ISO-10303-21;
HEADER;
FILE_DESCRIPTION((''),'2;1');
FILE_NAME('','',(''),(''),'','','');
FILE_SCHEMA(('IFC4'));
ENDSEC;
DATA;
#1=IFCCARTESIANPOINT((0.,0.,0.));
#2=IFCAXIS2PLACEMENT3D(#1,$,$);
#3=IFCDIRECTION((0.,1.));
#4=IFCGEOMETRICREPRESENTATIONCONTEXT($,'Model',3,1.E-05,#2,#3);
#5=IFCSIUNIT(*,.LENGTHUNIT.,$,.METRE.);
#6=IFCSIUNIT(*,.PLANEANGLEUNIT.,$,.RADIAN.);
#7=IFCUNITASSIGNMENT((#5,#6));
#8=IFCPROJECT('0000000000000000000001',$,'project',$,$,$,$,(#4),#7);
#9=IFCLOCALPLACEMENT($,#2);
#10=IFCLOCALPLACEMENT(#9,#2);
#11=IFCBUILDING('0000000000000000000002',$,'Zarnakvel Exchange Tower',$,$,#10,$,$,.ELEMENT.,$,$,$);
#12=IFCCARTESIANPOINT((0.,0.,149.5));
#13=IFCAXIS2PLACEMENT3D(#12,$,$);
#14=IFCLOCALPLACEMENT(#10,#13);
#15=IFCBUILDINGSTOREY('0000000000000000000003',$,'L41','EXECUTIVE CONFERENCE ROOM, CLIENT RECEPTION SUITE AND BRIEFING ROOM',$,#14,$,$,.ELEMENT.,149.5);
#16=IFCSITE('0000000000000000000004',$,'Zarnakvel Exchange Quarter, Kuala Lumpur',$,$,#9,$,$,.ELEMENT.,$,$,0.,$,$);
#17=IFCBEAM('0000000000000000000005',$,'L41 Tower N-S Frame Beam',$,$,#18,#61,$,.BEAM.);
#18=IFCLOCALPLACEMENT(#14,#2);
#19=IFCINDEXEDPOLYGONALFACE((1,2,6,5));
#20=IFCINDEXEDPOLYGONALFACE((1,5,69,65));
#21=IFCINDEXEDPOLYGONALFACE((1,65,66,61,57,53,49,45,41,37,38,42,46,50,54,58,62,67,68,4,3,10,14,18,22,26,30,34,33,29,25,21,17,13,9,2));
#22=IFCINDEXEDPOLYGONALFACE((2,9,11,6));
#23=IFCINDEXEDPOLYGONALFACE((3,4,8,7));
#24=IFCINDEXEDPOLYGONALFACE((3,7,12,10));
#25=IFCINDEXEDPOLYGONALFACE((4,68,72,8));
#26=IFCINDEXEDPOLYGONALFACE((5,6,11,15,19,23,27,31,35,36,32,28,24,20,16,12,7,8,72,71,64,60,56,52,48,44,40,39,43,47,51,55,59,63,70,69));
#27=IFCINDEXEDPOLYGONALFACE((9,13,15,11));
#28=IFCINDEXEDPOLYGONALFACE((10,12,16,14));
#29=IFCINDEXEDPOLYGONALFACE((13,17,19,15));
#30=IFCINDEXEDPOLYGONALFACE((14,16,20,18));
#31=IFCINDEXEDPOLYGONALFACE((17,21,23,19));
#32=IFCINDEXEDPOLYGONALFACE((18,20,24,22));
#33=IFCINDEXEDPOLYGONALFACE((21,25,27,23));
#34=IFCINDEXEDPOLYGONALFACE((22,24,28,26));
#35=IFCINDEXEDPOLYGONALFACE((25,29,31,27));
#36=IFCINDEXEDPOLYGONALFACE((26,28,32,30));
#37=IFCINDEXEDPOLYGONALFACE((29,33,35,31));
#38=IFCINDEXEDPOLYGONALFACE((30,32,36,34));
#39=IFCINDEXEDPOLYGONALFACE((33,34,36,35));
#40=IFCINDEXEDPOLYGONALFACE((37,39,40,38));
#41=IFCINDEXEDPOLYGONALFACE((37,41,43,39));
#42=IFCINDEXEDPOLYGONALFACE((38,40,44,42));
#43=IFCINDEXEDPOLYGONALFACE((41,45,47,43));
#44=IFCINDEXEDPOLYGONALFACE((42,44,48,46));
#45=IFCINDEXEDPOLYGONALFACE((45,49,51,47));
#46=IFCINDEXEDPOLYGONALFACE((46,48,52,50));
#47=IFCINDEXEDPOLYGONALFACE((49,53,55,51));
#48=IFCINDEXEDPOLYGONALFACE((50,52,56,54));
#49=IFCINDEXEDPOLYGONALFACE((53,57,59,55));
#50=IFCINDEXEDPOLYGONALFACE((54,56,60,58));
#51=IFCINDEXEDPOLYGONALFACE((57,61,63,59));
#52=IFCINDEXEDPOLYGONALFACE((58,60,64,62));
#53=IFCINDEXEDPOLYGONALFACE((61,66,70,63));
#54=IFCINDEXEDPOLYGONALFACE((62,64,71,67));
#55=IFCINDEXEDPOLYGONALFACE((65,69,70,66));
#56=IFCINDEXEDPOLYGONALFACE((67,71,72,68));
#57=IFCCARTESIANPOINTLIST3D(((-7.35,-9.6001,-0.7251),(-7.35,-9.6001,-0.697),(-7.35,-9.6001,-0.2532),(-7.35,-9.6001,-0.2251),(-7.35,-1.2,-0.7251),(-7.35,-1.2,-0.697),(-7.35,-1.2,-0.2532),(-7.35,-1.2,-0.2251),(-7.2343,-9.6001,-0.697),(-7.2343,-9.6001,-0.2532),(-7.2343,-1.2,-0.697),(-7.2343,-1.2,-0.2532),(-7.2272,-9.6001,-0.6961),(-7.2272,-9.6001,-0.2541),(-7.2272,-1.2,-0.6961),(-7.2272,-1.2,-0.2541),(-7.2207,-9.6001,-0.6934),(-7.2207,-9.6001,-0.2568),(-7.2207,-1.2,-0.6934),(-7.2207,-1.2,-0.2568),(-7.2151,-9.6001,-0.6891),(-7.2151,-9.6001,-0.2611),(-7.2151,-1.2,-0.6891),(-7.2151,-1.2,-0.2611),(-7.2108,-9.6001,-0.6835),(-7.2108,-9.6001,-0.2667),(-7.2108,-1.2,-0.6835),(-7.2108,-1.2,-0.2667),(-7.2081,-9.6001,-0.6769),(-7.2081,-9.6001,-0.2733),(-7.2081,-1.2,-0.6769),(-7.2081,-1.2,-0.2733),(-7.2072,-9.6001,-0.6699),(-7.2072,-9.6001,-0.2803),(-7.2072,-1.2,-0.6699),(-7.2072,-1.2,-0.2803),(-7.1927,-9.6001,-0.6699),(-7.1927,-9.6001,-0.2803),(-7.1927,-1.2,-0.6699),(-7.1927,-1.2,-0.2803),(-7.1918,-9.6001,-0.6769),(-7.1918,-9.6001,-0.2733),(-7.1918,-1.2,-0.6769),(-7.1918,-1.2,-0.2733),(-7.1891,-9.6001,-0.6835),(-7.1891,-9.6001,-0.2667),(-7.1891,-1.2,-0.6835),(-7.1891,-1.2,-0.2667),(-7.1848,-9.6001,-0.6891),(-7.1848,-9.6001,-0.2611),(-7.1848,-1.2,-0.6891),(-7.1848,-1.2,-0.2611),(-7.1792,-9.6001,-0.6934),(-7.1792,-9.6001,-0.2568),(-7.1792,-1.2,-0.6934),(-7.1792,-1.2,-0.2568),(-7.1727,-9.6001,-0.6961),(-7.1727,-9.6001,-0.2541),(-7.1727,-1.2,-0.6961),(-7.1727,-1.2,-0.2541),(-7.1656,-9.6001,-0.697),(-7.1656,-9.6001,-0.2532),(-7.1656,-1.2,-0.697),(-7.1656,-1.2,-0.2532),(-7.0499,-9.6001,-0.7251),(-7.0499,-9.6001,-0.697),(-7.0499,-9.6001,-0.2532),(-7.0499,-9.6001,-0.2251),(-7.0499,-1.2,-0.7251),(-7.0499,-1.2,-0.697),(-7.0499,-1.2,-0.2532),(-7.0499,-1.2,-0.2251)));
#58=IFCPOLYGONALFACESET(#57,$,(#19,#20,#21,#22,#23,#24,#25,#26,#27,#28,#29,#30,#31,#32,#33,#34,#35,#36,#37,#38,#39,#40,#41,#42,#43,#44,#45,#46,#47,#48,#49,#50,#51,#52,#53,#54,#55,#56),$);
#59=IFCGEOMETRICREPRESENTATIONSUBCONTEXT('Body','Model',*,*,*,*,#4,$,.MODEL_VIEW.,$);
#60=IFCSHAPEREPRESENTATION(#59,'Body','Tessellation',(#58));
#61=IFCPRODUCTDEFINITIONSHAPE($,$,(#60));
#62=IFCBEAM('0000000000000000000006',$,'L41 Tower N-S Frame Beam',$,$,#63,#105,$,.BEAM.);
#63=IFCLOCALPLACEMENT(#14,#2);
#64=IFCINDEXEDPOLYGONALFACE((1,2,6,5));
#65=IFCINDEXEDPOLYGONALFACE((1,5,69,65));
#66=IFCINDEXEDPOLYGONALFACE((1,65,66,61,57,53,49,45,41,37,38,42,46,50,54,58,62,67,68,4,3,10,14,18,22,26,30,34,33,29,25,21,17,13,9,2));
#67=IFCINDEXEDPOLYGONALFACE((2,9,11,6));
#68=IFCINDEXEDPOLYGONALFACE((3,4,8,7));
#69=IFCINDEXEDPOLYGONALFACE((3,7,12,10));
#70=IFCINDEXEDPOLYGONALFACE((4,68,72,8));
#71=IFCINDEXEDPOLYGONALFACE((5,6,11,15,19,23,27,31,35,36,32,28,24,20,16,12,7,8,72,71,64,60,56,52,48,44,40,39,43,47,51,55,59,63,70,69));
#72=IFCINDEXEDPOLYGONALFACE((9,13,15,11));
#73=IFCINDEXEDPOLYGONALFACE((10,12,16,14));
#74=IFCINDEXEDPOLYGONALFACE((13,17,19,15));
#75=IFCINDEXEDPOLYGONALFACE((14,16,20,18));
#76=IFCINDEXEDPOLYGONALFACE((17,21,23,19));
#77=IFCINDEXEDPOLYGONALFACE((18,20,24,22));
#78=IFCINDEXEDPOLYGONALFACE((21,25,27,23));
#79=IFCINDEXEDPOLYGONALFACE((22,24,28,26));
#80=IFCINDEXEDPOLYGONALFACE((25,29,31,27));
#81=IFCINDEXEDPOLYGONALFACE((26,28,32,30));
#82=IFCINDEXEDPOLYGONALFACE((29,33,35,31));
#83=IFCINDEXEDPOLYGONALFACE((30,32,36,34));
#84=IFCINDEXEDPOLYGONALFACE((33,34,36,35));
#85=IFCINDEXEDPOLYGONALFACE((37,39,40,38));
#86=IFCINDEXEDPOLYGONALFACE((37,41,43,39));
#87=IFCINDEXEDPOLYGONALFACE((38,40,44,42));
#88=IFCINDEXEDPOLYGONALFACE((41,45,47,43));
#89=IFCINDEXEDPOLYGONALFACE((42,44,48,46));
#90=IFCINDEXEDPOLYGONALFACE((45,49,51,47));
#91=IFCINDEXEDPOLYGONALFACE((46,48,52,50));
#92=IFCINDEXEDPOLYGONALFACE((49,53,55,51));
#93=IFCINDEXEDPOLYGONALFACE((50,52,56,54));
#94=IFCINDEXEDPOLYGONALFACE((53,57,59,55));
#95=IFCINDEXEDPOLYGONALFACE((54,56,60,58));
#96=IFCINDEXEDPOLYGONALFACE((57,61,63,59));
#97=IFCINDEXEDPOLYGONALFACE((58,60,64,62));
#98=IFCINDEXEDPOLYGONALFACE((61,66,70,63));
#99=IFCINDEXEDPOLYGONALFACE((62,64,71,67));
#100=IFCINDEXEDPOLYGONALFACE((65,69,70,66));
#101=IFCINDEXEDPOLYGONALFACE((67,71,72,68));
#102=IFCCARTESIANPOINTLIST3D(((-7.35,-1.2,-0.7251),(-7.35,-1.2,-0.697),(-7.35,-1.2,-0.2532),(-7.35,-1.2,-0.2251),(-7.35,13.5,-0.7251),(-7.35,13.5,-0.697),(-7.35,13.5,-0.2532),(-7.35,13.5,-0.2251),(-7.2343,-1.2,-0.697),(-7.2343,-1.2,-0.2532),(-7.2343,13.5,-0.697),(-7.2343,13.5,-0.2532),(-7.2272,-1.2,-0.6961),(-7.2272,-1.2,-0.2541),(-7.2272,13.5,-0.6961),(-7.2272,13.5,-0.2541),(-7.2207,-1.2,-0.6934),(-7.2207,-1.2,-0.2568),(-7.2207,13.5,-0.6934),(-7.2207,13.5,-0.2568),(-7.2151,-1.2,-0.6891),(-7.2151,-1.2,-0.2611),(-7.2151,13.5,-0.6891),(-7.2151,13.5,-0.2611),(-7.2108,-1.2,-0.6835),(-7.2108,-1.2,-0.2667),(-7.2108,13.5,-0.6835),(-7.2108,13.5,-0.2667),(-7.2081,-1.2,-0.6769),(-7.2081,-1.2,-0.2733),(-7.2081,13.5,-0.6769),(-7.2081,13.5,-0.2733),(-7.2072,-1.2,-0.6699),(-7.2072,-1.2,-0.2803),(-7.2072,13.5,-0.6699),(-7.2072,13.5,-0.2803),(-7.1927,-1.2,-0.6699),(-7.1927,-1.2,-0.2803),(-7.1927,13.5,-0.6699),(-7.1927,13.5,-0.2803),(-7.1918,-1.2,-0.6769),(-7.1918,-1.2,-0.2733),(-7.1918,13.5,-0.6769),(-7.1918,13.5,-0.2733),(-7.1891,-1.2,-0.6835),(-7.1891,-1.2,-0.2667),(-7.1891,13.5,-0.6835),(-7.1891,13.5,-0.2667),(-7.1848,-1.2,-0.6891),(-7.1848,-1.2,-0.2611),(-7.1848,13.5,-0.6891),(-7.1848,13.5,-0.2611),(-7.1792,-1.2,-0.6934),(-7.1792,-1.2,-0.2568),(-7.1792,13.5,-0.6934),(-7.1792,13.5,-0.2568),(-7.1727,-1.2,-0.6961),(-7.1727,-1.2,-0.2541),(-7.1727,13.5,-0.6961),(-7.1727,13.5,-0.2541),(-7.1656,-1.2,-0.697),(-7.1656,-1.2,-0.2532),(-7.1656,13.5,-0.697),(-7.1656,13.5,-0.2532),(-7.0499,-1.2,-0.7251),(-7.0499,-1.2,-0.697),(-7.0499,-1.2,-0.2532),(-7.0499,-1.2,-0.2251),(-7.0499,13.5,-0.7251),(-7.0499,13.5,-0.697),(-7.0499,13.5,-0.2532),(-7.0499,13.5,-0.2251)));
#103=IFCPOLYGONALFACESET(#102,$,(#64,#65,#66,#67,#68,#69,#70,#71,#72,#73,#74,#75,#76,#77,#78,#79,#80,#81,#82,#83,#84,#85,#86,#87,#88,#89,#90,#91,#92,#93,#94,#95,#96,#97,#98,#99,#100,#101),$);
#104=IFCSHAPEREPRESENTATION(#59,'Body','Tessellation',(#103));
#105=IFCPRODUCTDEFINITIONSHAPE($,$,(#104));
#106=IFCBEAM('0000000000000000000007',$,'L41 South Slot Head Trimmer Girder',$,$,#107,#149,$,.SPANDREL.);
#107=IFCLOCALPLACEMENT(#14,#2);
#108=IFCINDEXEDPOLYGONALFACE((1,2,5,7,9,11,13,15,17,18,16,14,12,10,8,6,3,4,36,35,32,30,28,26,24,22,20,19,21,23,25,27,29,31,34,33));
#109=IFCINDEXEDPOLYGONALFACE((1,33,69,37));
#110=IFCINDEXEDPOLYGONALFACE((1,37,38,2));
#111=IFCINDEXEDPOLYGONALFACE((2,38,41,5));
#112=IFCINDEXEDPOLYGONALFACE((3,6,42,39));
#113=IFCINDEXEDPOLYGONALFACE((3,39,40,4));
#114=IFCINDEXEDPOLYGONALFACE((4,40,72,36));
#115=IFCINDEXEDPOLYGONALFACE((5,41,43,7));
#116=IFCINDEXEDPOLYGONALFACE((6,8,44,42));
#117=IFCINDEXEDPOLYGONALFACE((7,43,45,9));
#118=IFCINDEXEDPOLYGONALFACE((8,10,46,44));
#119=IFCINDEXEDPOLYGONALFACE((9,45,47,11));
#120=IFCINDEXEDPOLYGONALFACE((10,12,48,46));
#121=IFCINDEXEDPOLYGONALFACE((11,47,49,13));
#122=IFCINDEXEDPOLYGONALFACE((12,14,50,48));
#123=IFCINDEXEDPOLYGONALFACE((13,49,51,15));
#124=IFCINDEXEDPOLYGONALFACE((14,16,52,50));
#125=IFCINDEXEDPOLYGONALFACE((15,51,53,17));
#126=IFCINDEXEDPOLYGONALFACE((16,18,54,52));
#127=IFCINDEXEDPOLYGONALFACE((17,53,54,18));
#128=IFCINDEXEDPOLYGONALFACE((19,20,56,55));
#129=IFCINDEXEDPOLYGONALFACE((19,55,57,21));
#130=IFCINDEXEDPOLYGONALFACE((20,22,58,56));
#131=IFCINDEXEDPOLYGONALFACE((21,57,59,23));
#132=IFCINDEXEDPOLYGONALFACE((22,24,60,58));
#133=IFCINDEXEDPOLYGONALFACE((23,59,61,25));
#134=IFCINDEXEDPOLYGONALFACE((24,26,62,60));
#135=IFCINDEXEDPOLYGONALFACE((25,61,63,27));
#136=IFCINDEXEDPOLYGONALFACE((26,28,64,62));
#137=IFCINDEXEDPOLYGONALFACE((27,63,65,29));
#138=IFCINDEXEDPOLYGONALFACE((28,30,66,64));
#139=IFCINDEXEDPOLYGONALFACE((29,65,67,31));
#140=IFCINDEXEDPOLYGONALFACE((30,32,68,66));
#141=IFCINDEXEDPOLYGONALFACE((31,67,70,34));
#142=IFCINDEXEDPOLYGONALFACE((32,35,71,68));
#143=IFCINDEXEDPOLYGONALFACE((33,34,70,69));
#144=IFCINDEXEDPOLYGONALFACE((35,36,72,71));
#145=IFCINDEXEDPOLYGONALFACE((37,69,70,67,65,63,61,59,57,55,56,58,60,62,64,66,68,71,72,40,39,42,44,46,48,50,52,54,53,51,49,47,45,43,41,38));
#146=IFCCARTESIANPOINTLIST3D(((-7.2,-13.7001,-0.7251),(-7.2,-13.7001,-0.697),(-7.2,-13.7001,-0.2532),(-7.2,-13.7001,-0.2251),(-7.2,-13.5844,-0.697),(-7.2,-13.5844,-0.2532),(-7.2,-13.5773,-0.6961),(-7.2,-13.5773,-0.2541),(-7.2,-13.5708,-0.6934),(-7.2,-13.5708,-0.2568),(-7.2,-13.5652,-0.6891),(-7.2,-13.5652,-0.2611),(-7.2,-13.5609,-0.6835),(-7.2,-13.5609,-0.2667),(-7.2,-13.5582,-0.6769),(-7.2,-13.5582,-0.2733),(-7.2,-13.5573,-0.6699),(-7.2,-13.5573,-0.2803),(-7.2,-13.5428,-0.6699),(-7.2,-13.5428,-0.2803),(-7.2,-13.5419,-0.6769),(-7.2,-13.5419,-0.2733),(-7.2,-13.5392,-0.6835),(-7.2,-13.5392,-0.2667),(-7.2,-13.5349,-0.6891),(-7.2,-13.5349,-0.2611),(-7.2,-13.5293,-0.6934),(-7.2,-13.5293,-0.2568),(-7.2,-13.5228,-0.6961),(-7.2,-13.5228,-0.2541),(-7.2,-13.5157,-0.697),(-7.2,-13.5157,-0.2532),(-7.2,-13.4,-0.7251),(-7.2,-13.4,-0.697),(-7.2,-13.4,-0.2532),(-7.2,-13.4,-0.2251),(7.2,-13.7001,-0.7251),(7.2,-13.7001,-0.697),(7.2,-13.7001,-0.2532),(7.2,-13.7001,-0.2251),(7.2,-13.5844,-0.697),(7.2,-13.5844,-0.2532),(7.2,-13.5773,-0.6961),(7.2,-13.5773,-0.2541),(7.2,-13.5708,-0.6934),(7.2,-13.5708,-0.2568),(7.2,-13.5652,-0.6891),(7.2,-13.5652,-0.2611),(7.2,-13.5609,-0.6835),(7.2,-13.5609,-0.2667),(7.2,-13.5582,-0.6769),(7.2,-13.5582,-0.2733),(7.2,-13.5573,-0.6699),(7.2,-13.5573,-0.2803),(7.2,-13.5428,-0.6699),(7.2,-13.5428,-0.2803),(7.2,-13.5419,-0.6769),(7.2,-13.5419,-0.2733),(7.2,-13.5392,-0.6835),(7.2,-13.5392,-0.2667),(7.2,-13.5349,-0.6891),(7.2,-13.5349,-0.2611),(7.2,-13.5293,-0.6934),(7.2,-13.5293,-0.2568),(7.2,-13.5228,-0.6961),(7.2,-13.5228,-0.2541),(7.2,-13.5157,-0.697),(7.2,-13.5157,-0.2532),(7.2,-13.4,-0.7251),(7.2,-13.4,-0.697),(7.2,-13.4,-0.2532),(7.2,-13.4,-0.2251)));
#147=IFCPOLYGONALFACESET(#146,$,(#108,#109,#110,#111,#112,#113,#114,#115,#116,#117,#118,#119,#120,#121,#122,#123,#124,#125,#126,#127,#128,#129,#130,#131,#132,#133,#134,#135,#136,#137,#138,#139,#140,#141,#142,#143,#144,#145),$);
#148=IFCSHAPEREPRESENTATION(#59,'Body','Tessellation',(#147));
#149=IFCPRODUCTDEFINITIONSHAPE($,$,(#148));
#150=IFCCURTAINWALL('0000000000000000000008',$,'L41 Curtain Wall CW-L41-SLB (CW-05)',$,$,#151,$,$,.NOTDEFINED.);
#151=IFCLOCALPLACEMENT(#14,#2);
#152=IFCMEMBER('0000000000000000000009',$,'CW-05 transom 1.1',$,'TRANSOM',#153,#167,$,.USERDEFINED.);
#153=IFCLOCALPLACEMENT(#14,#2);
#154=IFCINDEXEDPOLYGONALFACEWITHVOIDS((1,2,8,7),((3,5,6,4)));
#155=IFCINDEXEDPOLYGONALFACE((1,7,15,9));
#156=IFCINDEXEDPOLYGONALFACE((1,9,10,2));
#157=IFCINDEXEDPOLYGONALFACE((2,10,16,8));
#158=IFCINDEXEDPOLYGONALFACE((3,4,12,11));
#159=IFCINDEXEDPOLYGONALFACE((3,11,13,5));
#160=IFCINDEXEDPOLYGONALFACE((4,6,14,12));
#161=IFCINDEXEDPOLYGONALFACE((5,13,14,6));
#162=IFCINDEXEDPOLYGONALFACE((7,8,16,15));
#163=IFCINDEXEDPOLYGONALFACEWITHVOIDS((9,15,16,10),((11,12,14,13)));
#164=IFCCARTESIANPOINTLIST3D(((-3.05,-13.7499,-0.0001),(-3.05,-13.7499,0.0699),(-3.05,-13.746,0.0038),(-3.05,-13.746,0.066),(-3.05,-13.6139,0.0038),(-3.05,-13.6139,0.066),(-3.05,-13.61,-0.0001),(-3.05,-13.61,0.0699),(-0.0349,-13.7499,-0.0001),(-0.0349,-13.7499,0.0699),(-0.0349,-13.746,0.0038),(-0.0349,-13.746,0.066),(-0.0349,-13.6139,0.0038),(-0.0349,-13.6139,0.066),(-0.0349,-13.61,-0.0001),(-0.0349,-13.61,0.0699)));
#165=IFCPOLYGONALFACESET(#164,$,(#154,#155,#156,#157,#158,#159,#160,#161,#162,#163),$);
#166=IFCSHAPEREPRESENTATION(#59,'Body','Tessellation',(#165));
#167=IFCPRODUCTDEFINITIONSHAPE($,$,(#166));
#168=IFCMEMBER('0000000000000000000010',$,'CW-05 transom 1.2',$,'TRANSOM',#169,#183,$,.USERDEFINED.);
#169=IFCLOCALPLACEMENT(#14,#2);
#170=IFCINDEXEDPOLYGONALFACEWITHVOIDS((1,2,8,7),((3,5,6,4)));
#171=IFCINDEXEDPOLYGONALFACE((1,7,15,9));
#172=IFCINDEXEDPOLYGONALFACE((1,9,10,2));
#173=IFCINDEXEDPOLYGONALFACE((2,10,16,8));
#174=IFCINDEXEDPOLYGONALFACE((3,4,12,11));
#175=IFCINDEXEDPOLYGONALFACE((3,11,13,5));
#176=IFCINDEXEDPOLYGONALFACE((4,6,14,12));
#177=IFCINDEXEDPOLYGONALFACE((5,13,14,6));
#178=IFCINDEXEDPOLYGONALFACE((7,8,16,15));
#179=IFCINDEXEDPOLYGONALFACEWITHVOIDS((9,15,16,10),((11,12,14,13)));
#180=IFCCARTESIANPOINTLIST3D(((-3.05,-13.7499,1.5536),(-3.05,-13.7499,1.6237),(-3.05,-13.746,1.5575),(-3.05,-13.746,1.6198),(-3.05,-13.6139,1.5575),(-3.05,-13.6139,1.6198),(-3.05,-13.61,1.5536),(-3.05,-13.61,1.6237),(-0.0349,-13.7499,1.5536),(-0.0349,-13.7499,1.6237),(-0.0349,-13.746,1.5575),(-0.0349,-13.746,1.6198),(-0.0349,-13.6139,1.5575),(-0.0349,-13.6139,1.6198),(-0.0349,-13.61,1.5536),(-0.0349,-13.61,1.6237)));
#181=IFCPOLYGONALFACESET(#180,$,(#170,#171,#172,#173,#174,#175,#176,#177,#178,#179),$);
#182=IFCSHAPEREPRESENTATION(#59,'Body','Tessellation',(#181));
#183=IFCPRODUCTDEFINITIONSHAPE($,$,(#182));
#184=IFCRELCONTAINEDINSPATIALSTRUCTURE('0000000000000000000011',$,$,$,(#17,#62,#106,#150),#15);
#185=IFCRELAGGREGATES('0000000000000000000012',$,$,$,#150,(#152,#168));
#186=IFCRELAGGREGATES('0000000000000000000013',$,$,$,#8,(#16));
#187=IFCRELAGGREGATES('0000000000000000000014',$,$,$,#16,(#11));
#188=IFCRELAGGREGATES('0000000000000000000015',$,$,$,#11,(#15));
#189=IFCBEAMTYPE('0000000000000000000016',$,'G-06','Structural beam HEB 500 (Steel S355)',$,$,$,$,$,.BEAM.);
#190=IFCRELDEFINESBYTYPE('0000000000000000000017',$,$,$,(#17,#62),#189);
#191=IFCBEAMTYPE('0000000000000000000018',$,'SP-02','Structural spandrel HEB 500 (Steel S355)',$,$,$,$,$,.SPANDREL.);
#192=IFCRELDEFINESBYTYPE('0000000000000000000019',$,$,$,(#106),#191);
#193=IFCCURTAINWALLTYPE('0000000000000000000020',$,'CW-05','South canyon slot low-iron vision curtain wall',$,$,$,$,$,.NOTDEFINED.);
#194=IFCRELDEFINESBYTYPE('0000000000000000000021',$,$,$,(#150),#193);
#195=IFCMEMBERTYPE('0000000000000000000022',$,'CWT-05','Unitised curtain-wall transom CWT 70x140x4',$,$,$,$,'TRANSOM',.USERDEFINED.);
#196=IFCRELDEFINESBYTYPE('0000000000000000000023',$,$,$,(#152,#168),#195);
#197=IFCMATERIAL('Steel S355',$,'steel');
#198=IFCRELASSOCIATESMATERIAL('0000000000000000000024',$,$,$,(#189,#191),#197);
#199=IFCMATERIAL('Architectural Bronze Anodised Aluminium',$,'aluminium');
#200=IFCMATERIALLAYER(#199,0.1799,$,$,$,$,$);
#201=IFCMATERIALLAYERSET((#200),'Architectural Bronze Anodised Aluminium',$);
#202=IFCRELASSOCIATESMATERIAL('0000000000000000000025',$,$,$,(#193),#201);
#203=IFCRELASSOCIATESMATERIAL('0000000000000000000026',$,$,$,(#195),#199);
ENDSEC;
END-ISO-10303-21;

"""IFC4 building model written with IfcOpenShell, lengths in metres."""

from ifc_helpers import new_model, si_unit, direction, frame, origin, origin_2d, place, context, subcontext, project, spatial, hollow_rectangle, i_section, extrude, source, transform, mapped, material, layer, layer_set, material_profile, profile_set, type_object, element, aggregate, save


model = new_model("IFC4")

# Units and contexts
model_context = context("Model", 3, precision=1e-05, world=origin(), true_north=direction((0.0, 1.0)))
body_context = subcontext(model_context, "Body", "Model", "MODEL_VIEW")
ifc_project = project(units=[si_unit("LENGTHUNIT", "METRE"), si_unit("PLANEANGLEUNIT", "RADIAN")], contexts=[model_context])

# Site, building, storey
site_placement = place(None, origin())
site = spatial("IfcSite", under=ifc_project, at=site_placement, Name="Zarnakvel Exchange Quarter, Kuala Lumpur", CompositionType="ELEMENT", RefElevation=0.0)
building_placement = place(site_placement, origin())
building = spatial("IfcBuilding", under=site, at=building_placement, Name="Zarnakvel Exchange Tower", CompositionType="ELEMENT")
storey_placement = place(building_placement, frame((0.0, 0.0, 149.5)))
storey = spatial("IfcBuildingStorey", under=building, at=storey_placement, Name="L41", Description="EXECUTIVE CONFERENCE ROOM, CLIENT RECEPTION SUITE AND BRIEFING ROOM", CompositionType="ELEMENT", Elevation=149.5)

# Beams
ifc_material_1 = material(Name="Steel S355", Category="steel")
ifc_material_profile_1 = material_profile(ifc_material_1, i_section(OverallWidth=0.3, OverallDepth=0.5, WebThickness=0.0144, FlangeThickness=0.0281, FilletRadius=0.0271, at=origin_2d()))
ifc_profile_set_1 = profile_set([ifc_material_profile_1], Name="Steel S355")
beam_type_1 = type_object("IfcBeamType", Name="G-06", Description="Structural beam HEB 500 (Steel S355)", PredefinedType="BEAM", material=ifc_profile_set_1)
beam_1_placement = place(storey_placement, frame((-7.2, -9.6001, -0.4751), z_axis=(0.0, 1.0, 0.0), x_axis=(-1.0, 0.0, 0.0)))
element("IfcBeam", 1, at=beam_1_placement, inside=storey, type_object=beam_type_1, Name="L41 Tower N-S Frame Beam", PredefinedType="BEAM", context=body_context, shape_type="SweptSolid", body=[
    extrude(i_section(OverallWidth=0.3, OverallDepth=0.5, WebThickness=0.0144, FlangeThickness=0.0281, FilletRadius=0.0271, at=origin_2d()), origin(), (0.0, 0.0, 1.0), 8.4001),
])
beam_2_placement = place(storey_placement, frame((-7.2, -1.2, -0.4751), z_axis=(0.0, 1.0, 0.0), x_axis=(-1.0, 0.0, 0.0)))
element("IfcBeam", 2, at=beam_2_placement, inside=storey, type_object=beam_type_1, Name="L41 Tower N-S Frame Beam", PredefinedType="BEAM", context=body_context, shape_type="SweptSolid", body=[
    extrude(i_section(OverallWidth=0.3, OverallDepth=0.5, WebThickness=0.0144, FlangeThickness=0.0281, FilletRadius=0.0271, at=origin_2d()), origin(), (0.0, 0.0, 1.0), 14.7),
])
ifc_material_profile_2 = material_profile(ifc_material_1, i_section(OverallWidth=0.3, OverallDepth=0.5, WebThickness=0.0144, FlangeThickness=0.0281, FilletRadius=0.0271, at=origin_2d()))
ifc_profile_set_2 = profile_set([ifc_material_profile_2], Name="Steel S355")
beam_type_2 = type_object("IfcBeamType", Name="SP-02", Description="Structural spandrel HEB 500 (Steel S355)", PredefinedType="SPANDREL", material=ifc_profile_set_2)
beam_3_placement = place(storey_placement, frame((-7.2, -13.55, -0.4751), z_axis=(1.0, 0.0, 0.0), x_axis=(0.0, 1.0, 0.0)))
element("IfcBeam", 3, at=beam_3_placement, inside=storey, type_object=beam_type_2, Name="L41 South Slot Head Trimmer Girder", PredefinedType="SPANDREL", context=body_context, shape_type="SweptSolid", body=[
    extrude(i_section(OverallWidth=0.3, OverallDepth=0.5, WebThickness=0.0144, FlangeThickness=0.0281, FilletRadius=0.0271, at=origin_2d()), origin(), (0.0, 0.0, 1.0), 14.3999),
])

# Curtain wall, members
ifc_material_2 = material(Name="Architectural Bronze Anodised Aluminium", Category="aluminium")
ifc_layer_1 = layer(ifc_material_2, 0.1799)
ifc_layer_set_1 = layer_set([ifc_layer_1], Name="Architectural Bronze Anodised Aluminium")
curtain_wall_type = type_object("IfcCurtainWallType", Name="CW-05", Description="South canyon slot low-iron vision curtain wall", PredefinedType="NOTDEFINED", material=ifc_layer_set_1)
curtain_wall_placement = place(storey_placement, origin())
curtain_wall = element("IfcCurtainWall", 4, at=curtain_wall_placement, inside=storey, type_object=curtain_wall_type, Name="L41 Curtain Wall CW-L41-SLB (CW-05)", PredefinedType="NOTDEFINED")
ifc_material_profile_3 = material_profile(ifc_material_2, hollow_rectangle(XDim=0.1399, YDim=0.0701, WallThickness=0.0039, at=origin_2d()))
ifc_profile_set_3 = profile_set([ifc_material_profile_3], Name="Architectural Bronze Anodised Aluminium")
member_type_1 = type_object("IfcMemberType", Name="CWT-05", Description="Unitised curtain-wall transom CWT 70x140x4", ElementType="TRANSOM", PredefinedType="USERDEFINED", material=ifc_profile_set_3)
shared_shape_1 = source(origin(), body_context, "Body", "SweptSolid", [
    extrude(hollow_rectangle(XDim=0.1399, YDim=0.0701, WallThickness=0.0039, at=origin_2d()), origin(), (0.0, 0.0, 1.0), 3.0151),
])
member_1_placement = place(storey_placement, frame((-3.05, -13.6799, 0.0349), z_axis=(1.0, 0.0, 0.0), x_axis=(0.0, 1.0, 0.0)))
member_1 = element("IfcMember", 5, at=member_1_placement, type_object=member_type_1, Name="CW-05 transom 1.1", ObjectType="TRANSOM", PredefinedType="USERDEFINED", context=body_context, shape_type="MappedRepresentation", body=[
    mapped(shared_shape_1, transform((0.0, 0.0, 0.0), x_axis=(1.0, 0.0, 0.0), y_axis=(0.0, 1.0, 0.0), z_axis=(0.0, 0.0, 1.0), scale=1.0)),
])
member_2_placement = place(storey_placement, frame((-3.05, -13.6799, 1.5886), z_axis=(1.0, 0.0, 0.0), x_axis=(0.0, 1.0, 0.0)))
member_2 = element("IfcMember", 6, at=member_2_placement, type_object=member_type_1, Name="CW-05 transom 1.2", ObjectType="TRANSOM", PredefinedType="USERDEFINED", context=body_context, shape_type="MappedRepresentation", body=[
    mapped(shared_shape_1, transform((0.0, 0.0, 0.0), x_axis=(1.0, 0.0, 0.0), y_axis=(0.0, 1.0, 0.0), z_axis=(0.0, 0.0, 1.0), scale=1.0)),
])
aggregate(curtain_wall, [member_1, member_2])

save(model, "model.ifc")
